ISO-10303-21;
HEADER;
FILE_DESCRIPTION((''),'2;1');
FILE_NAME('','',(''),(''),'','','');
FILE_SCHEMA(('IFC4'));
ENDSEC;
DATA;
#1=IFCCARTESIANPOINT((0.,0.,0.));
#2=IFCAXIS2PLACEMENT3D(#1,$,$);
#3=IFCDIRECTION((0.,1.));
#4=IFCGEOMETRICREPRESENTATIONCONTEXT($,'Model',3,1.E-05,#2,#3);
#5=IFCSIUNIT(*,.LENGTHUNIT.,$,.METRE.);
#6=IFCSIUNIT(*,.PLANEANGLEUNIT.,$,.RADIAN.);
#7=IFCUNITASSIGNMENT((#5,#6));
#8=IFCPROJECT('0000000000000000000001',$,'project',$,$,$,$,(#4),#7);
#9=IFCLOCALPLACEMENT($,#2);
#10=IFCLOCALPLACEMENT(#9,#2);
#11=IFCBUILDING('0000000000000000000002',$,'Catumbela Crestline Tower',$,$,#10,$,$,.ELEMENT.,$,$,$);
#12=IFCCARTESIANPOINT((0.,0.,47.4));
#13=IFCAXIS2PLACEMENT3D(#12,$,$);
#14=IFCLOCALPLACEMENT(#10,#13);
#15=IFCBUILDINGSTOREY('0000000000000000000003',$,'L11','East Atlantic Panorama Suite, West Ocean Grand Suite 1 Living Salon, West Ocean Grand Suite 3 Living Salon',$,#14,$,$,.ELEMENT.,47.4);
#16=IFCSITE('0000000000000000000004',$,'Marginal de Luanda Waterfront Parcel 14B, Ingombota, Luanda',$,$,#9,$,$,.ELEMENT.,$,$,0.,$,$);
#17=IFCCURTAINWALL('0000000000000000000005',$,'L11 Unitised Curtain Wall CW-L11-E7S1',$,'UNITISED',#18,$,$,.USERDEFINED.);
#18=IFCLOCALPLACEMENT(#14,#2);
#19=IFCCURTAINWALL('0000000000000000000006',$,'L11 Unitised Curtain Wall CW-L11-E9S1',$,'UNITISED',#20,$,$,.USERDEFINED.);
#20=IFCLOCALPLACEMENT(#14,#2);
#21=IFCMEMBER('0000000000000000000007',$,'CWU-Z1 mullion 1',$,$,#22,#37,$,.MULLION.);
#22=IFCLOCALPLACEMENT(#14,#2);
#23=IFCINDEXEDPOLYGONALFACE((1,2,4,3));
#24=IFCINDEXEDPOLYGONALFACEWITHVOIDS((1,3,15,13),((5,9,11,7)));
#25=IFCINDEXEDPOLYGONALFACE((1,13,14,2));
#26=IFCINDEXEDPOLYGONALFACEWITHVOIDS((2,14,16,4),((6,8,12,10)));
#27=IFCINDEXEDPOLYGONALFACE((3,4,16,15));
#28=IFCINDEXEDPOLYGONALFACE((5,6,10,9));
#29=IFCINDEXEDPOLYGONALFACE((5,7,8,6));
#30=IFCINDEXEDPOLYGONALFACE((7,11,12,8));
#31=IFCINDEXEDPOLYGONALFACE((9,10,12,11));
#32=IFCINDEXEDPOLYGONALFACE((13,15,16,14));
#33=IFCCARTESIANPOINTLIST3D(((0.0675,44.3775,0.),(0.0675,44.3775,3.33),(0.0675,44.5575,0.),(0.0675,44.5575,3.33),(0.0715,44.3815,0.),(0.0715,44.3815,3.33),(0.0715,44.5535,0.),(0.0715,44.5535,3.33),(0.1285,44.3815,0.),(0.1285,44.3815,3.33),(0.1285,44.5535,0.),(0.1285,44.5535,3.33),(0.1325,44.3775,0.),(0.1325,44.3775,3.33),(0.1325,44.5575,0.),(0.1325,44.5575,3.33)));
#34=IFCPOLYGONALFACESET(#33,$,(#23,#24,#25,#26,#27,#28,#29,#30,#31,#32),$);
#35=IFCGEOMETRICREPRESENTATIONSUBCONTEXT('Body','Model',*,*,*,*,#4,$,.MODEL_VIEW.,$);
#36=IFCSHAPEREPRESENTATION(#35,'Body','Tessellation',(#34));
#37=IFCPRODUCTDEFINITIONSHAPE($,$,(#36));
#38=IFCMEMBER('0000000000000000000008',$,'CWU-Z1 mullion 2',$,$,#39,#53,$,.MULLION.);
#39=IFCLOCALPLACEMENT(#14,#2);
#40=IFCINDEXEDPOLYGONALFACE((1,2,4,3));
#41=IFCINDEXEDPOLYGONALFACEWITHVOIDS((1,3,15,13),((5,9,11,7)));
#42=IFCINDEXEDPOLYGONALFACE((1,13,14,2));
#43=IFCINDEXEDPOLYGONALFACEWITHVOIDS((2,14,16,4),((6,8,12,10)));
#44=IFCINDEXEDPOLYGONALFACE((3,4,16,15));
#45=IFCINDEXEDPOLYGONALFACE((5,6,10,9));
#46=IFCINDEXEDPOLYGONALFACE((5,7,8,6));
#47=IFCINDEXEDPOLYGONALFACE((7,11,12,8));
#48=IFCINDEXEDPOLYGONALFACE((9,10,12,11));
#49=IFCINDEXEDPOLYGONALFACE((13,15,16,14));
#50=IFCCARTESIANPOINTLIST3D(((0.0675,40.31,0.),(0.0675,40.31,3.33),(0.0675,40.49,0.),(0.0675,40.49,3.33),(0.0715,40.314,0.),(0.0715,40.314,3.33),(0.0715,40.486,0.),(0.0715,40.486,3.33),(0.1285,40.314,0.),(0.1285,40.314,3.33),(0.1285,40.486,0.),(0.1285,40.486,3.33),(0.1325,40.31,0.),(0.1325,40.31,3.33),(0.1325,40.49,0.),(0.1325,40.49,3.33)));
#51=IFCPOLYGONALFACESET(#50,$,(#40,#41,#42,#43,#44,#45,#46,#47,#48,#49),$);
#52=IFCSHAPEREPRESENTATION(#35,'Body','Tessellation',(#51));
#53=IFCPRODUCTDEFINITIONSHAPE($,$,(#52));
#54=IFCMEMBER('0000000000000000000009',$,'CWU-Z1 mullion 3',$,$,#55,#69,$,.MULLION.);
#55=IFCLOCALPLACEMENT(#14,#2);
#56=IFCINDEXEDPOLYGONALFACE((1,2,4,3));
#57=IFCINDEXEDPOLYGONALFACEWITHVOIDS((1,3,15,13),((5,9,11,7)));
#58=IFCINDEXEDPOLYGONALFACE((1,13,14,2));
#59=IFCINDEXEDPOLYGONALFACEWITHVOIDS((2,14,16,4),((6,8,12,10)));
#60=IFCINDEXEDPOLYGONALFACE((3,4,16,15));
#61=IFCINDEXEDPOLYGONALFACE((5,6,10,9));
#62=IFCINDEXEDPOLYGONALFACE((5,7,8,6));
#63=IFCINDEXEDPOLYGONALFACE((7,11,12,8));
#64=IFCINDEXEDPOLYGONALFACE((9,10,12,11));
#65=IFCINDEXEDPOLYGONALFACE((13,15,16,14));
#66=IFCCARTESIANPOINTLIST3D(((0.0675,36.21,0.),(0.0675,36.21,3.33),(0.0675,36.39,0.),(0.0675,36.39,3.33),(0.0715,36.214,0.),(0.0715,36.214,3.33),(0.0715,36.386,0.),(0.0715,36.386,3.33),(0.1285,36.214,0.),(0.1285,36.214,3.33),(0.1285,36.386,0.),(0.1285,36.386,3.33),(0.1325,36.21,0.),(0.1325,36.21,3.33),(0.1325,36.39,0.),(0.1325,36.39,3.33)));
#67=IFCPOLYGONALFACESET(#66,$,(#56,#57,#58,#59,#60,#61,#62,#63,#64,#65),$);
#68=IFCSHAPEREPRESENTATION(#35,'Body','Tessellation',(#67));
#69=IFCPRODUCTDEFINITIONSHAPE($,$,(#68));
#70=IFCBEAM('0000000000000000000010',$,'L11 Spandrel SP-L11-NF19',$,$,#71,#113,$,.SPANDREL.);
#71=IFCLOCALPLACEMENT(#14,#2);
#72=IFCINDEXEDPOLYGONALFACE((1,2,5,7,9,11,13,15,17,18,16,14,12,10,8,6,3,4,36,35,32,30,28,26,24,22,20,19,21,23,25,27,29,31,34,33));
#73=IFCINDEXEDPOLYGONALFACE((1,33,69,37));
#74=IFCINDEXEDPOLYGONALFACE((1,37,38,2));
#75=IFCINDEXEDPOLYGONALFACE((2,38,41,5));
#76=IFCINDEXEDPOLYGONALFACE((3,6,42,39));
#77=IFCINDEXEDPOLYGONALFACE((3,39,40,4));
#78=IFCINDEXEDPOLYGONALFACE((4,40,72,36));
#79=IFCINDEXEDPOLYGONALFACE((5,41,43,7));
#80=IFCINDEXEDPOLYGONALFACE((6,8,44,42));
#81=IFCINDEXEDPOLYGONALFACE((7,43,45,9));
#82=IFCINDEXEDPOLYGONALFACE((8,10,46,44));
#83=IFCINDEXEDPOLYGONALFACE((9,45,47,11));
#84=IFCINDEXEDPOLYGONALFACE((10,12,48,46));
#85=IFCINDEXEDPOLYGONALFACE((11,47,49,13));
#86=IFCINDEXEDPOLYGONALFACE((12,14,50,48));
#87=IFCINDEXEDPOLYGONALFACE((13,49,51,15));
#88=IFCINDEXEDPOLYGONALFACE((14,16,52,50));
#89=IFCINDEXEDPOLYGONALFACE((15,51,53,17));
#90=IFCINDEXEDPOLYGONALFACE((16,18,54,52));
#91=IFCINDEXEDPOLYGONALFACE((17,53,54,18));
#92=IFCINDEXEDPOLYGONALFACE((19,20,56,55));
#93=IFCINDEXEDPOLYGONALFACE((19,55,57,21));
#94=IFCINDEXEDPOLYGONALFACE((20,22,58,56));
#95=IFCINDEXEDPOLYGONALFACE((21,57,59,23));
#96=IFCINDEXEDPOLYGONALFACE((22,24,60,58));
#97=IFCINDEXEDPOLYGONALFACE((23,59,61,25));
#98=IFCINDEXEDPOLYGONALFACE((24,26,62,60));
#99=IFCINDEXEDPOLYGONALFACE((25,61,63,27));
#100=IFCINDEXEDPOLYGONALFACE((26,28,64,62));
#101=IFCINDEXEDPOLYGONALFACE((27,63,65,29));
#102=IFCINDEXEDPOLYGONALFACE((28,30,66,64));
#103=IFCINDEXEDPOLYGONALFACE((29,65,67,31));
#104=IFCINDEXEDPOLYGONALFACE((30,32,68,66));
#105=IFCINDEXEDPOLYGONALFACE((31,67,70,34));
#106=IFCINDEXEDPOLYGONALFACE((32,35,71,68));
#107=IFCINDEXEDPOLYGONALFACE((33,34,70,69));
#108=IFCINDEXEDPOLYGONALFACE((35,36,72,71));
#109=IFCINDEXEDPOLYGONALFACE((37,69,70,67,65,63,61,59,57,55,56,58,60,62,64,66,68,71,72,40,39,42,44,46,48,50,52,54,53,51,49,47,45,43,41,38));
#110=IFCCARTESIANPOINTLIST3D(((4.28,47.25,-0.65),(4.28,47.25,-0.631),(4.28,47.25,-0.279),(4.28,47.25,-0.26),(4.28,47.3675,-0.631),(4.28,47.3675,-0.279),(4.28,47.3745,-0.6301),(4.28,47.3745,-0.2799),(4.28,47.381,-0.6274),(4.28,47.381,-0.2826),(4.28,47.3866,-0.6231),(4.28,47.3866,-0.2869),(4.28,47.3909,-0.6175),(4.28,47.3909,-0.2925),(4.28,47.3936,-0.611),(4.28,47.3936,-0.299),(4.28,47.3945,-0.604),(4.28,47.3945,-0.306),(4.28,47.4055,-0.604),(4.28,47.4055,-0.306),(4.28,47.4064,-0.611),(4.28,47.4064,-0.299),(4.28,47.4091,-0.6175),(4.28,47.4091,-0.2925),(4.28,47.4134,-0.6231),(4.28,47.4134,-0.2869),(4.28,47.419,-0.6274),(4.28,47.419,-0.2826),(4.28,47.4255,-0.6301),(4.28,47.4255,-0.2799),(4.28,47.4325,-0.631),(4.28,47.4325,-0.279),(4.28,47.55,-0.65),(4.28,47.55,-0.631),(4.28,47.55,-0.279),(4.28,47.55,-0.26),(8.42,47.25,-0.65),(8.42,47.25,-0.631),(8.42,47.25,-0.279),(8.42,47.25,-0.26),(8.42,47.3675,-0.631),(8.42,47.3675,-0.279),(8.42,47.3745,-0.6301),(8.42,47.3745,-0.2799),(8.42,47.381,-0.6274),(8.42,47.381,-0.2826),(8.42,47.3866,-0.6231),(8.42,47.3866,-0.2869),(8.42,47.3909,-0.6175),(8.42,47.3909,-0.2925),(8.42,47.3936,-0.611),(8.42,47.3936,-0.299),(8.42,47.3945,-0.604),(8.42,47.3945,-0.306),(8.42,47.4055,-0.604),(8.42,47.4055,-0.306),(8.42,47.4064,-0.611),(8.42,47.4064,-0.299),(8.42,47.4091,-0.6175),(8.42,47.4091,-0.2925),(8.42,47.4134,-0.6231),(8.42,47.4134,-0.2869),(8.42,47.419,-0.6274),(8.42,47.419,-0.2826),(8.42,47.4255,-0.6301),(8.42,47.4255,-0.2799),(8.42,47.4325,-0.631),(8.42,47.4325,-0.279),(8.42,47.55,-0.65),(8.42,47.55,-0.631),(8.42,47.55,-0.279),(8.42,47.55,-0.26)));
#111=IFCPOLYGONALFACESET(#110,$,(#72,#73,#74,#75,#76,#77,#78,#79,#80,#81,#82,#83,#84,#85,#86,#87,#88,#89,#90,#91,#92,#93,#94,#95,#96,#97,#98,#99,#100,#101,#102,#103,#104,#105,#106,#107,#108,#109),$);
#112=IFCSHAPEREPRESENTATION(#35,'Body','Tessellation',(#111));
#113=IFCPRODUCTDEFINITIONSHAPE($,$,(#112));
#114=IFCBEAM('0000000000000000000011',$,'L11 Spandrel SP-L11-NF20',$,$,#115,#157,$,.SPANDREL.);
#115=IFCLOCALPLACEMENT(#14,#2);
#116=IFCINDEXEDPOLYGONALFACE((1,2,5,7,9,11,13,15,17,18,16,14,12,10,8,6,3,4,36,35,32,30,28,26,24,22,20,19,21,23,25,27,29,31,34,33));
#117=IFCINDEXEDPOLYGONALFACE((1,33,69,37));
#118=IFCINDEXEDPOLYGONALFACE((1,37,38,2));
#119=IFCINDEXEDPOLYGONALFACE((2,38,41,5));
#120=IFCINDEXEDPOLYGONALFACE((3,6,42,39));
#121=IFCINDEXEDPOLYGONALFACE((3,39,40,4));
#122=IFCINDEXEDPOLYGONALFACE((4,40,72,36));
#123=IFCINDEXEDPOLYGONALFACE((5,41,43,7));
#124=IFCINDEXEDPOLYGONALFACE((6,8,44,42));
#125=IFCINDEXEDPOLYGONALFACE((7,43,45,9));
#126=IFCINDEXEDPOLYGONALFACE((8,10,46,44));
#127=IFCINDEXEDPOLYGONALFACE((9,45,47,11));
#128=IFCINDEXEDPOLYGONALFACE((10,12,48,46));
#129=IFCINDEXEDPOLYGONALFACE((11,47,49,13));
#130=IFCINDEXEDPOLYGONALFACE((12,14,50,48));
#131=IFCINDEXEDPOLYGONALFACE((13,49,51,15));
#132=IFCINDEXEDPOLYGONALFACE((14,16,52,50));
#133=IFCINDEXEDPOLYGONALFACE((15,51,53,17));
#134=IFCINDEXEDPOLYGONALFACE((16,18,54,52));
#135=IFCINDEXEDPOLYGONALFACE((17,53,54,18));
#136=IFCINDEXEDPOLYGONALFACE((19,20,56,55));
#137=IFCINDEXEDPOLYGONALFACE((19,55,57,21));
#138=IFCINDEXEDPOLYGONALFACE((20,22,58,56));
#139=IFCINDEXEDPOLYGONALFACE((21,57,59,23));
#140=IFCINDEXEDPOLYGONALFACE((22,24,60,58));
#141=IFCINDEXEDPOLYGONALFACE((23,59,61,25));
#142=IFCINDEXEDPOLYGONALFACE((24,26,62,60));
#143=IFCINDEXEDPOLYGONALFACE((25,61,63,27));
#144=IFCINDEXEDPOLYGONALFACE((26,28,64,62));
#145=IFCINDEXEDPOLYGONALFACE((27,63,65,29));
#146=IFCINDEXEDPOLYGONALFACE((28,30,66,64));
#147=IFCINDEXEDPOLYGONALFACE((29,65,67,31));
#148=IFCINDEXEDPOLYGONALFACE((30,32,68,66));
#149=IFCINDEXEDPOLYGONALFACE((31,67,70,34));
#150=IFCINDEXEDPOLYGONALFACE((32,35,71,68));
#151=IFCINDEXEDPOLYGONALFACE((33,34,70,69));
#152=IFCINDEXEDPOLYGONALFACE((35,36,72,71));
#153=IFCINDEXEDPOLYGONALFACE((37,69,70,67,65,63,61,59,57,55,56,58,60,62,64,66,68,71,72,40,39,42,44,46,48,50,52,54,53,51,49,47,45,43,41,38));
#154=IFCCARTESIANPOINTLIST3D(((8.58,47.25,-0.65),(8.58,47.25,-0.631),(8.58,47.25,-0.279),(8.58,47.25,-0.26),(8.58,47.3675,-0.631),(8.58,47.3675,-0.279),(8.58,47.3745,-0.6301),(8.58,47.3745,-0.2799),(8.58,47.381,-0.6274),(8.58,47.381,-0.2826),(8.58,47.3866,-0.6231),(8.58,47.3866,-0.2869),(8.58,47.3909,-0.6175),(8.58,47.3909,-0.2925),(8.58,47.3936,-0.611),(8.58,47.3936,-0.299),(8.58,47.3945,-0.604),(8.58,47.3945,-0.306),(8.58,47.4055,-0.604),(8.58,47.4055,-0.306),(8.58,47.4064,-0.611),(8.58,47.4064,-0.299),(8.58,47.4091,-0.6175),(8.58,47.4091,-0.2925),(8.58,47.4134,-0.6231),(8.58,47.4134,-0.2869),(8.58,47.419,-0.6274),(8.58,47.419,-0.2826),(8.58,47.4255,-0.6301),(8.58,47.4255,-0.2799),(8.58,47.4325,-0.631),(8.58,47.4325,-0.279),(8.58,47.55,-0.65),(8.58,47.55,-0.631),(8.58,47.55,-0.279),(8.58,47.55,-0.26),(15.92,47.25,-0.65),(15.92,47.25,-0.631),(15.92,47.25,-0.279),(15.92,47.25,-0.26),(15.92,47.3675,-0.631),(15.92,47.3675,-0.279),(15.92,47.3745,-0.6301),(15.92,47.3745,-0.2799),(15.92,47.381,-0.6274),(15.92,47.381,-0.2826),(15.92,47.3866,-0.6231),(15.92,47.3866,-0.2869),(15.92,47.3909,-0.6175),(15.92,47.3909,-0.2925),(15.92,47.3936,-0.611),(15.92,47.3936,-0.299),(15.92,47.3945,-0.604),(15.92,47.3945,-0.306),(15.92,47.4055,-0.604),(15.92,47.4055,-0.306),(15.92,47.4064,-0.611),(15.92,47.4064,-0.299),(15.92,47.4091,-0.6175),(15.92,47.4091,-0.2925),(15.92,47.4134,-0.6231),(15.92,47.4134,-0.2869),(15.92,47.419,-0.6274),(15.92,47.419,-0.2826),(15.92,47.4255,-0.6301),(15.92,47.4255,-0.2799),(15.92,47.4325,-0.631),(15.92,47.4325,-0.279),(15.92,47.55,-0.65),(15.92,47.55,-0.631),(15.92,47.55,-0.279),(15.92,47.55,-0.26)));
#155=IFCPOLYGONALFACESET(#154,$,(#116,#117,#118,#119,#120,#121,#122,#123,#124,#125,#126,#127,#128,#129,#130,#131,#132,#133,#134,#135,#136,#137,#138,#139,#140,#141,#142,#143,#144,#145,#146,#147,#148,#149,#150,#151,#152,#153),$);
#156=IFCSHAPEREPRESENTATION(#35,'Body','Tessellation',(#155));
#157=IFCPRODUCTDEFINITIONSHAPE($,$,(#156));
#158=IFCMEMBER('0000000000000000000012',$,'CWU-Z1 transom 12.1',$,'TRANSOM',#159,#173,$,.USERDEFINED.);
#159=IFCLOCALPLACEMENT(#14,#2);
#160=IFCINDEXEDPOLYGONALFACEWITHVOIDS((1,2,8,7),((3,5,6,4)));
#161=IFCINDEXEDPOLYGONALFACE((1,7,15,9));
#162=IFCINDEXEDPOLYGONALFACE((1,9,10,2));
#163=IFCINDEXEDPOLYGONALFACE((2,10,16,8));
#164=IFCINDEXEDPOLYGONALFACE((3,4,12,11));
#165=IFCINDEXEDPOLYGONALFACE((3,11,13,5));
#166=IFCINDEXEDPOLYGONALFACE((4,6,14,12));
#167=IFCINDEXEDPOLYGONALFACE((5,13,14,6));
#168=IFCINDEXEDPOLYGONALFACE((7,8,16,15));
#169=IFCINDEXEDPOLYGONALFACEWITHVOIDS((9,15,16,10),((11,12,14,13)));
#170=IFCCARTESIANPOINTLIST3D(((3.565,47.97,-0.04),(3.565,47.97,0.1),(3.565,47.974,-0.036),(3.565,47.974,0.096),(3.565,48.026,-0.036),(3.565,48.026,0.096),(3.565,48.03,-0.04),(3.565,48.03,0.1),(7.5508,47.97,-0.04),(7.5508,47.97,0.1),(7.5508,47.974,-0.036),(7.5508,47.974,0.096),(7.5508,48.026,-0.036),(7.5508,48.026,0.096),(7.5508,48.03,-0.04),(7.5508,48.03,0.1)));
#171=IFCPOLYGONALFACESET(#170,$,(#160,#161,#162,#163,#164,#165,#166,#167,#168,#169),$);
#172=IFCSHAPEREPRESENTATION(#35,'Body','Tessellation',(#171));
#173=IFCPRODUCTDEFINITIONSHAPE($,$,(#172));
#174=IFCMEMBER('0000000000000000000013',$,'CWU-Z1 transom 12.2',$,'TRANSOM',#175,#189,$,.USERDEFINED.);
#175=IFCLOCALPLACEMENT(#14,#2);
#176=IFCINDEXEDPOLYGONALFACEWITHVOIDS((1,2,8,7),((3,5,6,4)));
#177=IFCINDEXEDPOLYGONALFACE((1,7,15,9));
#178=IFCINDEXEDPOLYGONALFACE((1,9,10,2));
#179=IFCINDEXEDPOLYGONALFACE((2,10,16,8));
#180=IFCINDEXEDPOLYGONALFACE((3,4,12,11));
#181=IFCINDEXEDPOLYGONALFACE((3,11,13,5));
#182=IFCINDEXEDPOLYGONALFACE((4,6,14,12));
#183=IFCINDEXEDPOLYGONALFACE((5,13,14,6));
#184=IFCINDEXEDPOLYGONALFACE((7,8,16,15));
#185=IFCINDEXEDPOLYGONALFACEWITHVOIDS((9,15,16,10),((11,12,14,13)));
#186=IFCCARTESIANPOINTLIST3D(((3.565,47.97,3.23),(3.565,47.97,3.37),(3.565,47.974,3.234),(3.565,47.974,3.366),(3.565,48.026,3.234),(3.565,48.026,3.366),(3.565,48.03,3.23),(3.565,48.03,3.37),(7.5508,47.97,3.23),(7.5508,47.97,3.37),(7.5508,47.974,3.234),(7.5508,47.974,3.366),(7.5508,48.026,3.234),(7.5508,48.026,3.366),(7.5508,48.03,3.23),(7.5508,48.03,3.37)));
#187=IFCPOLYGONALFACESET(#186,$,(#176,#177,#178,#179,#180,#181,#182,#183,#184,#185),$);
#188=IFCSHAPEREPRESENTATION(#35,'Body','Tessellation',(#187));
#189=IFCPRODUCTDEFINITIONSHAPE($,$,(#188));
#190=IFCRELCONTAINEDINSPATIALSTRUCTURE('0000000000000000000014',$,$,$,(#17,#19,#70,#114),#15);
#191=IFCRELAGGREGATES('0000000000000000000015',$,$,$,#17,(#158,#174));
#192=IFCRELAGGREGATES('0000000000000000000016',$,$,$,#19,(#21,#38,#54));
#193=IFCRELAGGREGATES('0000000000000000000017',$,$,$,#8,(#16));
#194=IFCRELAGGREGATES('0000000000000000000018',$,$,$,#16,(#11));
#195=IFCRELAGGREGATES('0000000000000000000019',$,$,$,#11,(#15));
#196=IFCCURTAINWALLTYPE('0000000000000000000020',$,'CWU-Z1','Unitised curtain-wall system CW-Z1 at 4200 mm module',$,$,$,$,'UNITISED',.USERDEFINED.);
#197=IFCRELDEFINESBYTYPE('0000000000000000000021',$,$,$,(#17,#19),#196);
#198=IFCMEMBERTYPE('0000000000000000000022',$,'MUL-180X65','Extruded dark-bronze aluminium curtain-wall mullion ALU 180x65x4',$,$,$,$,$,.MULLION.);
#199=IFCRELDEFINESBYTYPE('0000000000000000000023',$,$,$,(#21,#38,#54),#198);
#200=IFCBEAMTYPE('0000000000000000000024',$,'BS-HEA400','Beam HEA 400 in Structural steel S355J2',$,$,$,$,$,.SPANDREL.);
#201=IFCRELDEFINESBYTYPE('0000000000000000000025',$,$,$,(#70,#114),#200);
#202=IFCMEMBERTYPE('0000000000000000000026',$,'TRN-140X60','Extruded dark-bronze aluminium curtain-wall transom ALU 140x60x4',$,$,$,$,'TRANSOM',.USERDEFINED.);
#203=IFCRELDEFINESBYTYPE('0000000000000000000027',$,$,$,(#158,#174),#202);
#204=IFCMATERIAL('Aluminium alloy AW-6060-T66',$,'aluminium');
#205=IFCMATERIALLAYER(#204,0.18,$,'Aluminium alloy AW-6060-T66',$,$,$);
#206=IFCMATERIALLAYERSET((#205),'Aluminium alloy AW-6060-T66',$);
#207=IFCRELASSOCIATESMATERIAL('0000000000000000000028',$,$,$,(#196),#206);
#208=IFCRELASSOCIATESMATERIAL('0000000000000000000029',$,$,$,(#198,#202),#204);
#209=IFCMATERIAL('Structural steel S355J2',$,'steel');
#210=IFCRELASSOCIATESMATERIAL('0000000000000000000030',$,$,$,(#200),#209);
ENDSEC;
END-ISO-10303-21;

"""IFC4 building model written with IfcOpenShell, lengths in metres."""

from ifc_helpers import new_model, si_unit, direction, frame, origin, origin_2d, place, context, subcontext, project, spatial, hollow_rectangle, i_section, extrude, material, layer, layer_set, material_profile, profile_set, type_object, element, aggregate, save


model = new_model("IFC4")

# Units and contexts
model_context = context("Model", 3, precision=1e-05, world=origin(), true_north=direction((0.0, 1.0)))
body_context = subcontext(model_context, "Body", "Model", "MODEL_VIEW")
ifc_project = project(units=[si_unit("LENGTHUNIT", "METRE"), si_unit("PLANEANGLEUNIT", "RADIAN")], contexts=[model_context])

# Site, building, storey
site_placement = place(None, origin())
site = spatial("IfcSite", under=ifc_project, at=site_placement, Name="Marginal de Luanda Waterfront Parcel 14B, Ingombota, Luanda", CompositionType="ELEMENT", RefElevation=0.0)
building_placement = place(site_placement, origin())
building = spatial("IfcBuilding", under=site, at=building_placement, Name="Catumbela Crestline Tower", CompositionType="ELEMENT")
storey_placement = place(building_placement, frame((0.0, 0.0, 47.4)))
storey = spatial("IfcBuildingStorey", under=building, at=storey_placement, Name="L11", Description="East Atlantic Panorama Suite, West Ocean Grand Suite 1 Living Salon, West Ocean Grand Suite 3 Living Salon", CompositionType="ELEMENT", Elevation=47.4)

# Shared definitions
ifc_material_1 = material(Name="Structural steel S355J2", Category="steel")

# Curtain walls, members
ifc_material_2 = material(Name="Aluminium alloy AW-6060-T66", Category="aluminium")
ifc_layer_1 = layer(ifc_material_2, 0.18, Name="Aluminium alloy AW-6060-T66")
ifc_layer_set_1 = layer_set([ifc_layer_1], Name="Aluminium alloy AW-6060-T66")
curtain_wall_type = type_object("IfcCurtainWallType", Name="CWU-Z1", Description="Unitised curtain-wall system CW-Z1 at 4200 mm module", ElementType="UNITISED", PredefinedType="USERDEFINED", material=ifc_layer_set_1)
curtain_wall_1_placement = place(storey_placement, origin())
curtain_wall_1 = element("IfcCurtainWall", 1, at=curtain_wall_1_placement, inside=storey, type_object=curtain_wall_type, Name="L11 Unitised Curtain Wall CW-L11-E7S1", ObjectType="UNITISED", PredefinedType="USERDEFINED")
ifc_material_profile_1 = material_profile(ifc_material_2, hollow_rectangle(XDim=0.065, YDim=0.18, WallThickness=0.004, at=origin_2d()), Name="ALU 180x65x4")
ifc_profile_set_1 = profile_set([ifc_material_profile_1], Name="Aluminium alloy AW-6060-T66")
member_type_1 = type_object("IfcMemberType", Name="MUL-180X65", Description="Extruded dark-bronze aluminium curtain-wall mullion ALU 180x65x4", PredefinedType="MULLION", material=ifc_profile_set_1)
curtain_wall_2_placement = place(storey_placement, origin())
curtain_wall_2 = element("IfcCurtainWall", 2, at=curtain_wall_2_placement, inside=storey, type_object=curtain_wall_type, Name="L11 Unitised Curtain Wall CW-L11-E9S1", ObjectType="UNITISED", PredefinedType="USERDEFINED")
member_1_placement = place(storey_placement, frame((0.1, 44.4675, 0.0), z_axis=(0.0, 0.0, 1.0), x_axis=(1.0, 0.0, 0.0)))
member_1 = element("IfcMember", 3, at=member_1_placement, type_object=member_type_1, Name="CWU-Z1 mullion 1", PredefinedType="MULLION", context=body_context, shape_type="SweptSolid", body=[
    extrude(hollow_rectangle(XDim=0.065, YDim=0.18, WallThickness=0.004, at=origin_2d()), origin(), (0.0, 0.0, 1.0), 3.33),
])
member_2_placement = place(storey_placement, frame((0.1, 40.4, 0.0), z_axis=(0.0, 0.0, 1.0), x_axis=(1.0, 0.0, 0.0)))
member_2 = element("IfcMember", 4, at=member_2_placement, type_object=member_type_1, Name="CWU-Z1 mullion 2", PredefinedType="MULLION", context=body_context, shape_type="SweptSolid", body=[
    extrude(hollow_rectangle(XDim=0.065, YDim=0.18, WallThickness=0.004, at=origin_2d()), origin(), (0.0, 0.0, 1.0), 3.33),
])
member_3_placement = place(storey_placement, frame((0.1, 36.3, 0.0), z_axis=(0.0, 0.0, 1.0), x_axis=(1.0, 0.0, 0.0)))
member_3 = element("IfcMember", 5, at=member_3_placement, type_object=member_type_1, Name="CWU-Z1 mullion 3", PredefinedType="MULLION", context=body_context, shape_type="SweptSolid", body=[
    extrude(hollow_rectangle(XDim=0.065, YDim=0.18, WallThickness=0.004, at=origin_2d()), origin(), (0.0, 0.0, 1.0), 3.33),
])

# Beams
ifc_material_profile_2 = material_profile(ifc_material_1, i_section(OverallWidth=0.3, OverallDepth=0.39, WebThickness=0.011, FlangeThickness=0.019, FilletRadius=0.027, at=origin_2d()), Name="HEA 400")
ifc_profile_set_2 = profile_set([ifc_material_profile_2], Name="Structural steel S355J2")
beam_type_1 = type_object("IfcBeamType", Name="BS-HEA400", Description="Beam HEA 400 in Structural steel S355J2", PredefinedType="SPANDREL", material=ifc_profile_set_2)
beam_1_placement = place(storey_placement, frame((4.28, 47.4, -0.455), z_axis=(1.0, 0.0, 0.0), x_axis=(0.0, 1.0, 0.0)))
element("IfcBeam", 6, at=beam_1_placement, inside=storey, type_object=beam_type_1, Name="L11 Spandrel SP-L11-NF19", PredefinedType="SPANDREL", context=body_context, shape_type="SweptSolid", body=[
    extrude(i_section(OverallWidth=0.3, OverallDepth=0.39, WebThickness=0.011, FlangeThickness=0.019, FilletRadius=0.027, at=origin_2d()), origin(), (0.0, 0.0, 1.0), 4.14),
])
beam_2_placement = place(storey_placement, frame((8.58, 47.4, -0.455), z_axis=(1.0, 0.0, 0.0), x_axis=(0.0, 1.0, 0.0)))
element("IfcBeam", 7, at=beam_2_placement, inside=storey, type_object=beam_type_1, Name="L11 Spandrel SP-L11-NF20", PredefinedType="SPANDREL", context=body_context, shape_type="SweptSolid", body=[
    extrude(i_section(OverallWidth=0.3, OverallDepth=0.39, WebThickness=0.011, FlangeThickness=0.019, FilletRadius=0.027, at=origin_2d()), origin(), (0.0, 0.0, 1.0), 7.34),
])

# Members
ifc_material_profile_3 = material_profile(ifc_material_2, hollow_rectangle(XDim=0.06, YDim=0.14, WallThickness=0.004, at=origin_2d()), Name="ALU 140x60x4")
ifc_profile_set_3 = profile_set([ifc_material_profile_3], Name="Aluminium alloy AW-6060-T66")
member_type_2 = type_object("IfcMemberType", Name="TRN-140X60", Description="Extruded dark-bronze aluminium curtain-wall transom ALU 140x60x4", ElementType="TRANSOM", PredefinedType="USERDEFINED", material=ifc_profile_set_3)
member_4_placement = place(storey_placement, frame((7.5508, 48.0, 0.03), z_axis=(-1.0, 0.0, 0.0), x_axis=(0.0, -1.0, 0.0)))
member_4 = element("IfcMember", 8, at=member_4_placement, type_object=member_type_2, Name="CWU-Z1 transom 12.1", ObjectType="TRANSOM", PredefinedType="USERDEFINED", context=body_context, shape_type="SweptSolid", body=[
    extrude(hollow_rectangle(XDim=0.06, YDim=0.14, WallThickness=0.004, at=origin_2d()), origin(), (0.0, 0.0, 1.0), 3.9858),
])
member_5_placement = place(storey_placement, frame((7.5508, 48.0, 3.3), z_axis=(-1.0, 0.0, 0.0), x_axis=(0.0, -1.0, 0.0)))
member_5 = element("IfcMember", 9, at=member_5_placement, type_object=member_type_2, Name="CWU-Z1 transom 12.2", ObjectType="TRANSOM", PredefinedType="USERDEFINED", context=body_context, shape_type="SweptSolid", body=[
    extrude(hollow_rectangle(XDim=0.06, YDim=0.14, WallThickness=0.004, at=origin_2d()), origin(), (0.0, 0.0, 1.0), 3.9858),
])

aggregate(curtain_wall_1, [member_4, member_5])
aggregate(curtain_wall_2, [member_1, member_2, member_3])

save(model, "model.ifc")
